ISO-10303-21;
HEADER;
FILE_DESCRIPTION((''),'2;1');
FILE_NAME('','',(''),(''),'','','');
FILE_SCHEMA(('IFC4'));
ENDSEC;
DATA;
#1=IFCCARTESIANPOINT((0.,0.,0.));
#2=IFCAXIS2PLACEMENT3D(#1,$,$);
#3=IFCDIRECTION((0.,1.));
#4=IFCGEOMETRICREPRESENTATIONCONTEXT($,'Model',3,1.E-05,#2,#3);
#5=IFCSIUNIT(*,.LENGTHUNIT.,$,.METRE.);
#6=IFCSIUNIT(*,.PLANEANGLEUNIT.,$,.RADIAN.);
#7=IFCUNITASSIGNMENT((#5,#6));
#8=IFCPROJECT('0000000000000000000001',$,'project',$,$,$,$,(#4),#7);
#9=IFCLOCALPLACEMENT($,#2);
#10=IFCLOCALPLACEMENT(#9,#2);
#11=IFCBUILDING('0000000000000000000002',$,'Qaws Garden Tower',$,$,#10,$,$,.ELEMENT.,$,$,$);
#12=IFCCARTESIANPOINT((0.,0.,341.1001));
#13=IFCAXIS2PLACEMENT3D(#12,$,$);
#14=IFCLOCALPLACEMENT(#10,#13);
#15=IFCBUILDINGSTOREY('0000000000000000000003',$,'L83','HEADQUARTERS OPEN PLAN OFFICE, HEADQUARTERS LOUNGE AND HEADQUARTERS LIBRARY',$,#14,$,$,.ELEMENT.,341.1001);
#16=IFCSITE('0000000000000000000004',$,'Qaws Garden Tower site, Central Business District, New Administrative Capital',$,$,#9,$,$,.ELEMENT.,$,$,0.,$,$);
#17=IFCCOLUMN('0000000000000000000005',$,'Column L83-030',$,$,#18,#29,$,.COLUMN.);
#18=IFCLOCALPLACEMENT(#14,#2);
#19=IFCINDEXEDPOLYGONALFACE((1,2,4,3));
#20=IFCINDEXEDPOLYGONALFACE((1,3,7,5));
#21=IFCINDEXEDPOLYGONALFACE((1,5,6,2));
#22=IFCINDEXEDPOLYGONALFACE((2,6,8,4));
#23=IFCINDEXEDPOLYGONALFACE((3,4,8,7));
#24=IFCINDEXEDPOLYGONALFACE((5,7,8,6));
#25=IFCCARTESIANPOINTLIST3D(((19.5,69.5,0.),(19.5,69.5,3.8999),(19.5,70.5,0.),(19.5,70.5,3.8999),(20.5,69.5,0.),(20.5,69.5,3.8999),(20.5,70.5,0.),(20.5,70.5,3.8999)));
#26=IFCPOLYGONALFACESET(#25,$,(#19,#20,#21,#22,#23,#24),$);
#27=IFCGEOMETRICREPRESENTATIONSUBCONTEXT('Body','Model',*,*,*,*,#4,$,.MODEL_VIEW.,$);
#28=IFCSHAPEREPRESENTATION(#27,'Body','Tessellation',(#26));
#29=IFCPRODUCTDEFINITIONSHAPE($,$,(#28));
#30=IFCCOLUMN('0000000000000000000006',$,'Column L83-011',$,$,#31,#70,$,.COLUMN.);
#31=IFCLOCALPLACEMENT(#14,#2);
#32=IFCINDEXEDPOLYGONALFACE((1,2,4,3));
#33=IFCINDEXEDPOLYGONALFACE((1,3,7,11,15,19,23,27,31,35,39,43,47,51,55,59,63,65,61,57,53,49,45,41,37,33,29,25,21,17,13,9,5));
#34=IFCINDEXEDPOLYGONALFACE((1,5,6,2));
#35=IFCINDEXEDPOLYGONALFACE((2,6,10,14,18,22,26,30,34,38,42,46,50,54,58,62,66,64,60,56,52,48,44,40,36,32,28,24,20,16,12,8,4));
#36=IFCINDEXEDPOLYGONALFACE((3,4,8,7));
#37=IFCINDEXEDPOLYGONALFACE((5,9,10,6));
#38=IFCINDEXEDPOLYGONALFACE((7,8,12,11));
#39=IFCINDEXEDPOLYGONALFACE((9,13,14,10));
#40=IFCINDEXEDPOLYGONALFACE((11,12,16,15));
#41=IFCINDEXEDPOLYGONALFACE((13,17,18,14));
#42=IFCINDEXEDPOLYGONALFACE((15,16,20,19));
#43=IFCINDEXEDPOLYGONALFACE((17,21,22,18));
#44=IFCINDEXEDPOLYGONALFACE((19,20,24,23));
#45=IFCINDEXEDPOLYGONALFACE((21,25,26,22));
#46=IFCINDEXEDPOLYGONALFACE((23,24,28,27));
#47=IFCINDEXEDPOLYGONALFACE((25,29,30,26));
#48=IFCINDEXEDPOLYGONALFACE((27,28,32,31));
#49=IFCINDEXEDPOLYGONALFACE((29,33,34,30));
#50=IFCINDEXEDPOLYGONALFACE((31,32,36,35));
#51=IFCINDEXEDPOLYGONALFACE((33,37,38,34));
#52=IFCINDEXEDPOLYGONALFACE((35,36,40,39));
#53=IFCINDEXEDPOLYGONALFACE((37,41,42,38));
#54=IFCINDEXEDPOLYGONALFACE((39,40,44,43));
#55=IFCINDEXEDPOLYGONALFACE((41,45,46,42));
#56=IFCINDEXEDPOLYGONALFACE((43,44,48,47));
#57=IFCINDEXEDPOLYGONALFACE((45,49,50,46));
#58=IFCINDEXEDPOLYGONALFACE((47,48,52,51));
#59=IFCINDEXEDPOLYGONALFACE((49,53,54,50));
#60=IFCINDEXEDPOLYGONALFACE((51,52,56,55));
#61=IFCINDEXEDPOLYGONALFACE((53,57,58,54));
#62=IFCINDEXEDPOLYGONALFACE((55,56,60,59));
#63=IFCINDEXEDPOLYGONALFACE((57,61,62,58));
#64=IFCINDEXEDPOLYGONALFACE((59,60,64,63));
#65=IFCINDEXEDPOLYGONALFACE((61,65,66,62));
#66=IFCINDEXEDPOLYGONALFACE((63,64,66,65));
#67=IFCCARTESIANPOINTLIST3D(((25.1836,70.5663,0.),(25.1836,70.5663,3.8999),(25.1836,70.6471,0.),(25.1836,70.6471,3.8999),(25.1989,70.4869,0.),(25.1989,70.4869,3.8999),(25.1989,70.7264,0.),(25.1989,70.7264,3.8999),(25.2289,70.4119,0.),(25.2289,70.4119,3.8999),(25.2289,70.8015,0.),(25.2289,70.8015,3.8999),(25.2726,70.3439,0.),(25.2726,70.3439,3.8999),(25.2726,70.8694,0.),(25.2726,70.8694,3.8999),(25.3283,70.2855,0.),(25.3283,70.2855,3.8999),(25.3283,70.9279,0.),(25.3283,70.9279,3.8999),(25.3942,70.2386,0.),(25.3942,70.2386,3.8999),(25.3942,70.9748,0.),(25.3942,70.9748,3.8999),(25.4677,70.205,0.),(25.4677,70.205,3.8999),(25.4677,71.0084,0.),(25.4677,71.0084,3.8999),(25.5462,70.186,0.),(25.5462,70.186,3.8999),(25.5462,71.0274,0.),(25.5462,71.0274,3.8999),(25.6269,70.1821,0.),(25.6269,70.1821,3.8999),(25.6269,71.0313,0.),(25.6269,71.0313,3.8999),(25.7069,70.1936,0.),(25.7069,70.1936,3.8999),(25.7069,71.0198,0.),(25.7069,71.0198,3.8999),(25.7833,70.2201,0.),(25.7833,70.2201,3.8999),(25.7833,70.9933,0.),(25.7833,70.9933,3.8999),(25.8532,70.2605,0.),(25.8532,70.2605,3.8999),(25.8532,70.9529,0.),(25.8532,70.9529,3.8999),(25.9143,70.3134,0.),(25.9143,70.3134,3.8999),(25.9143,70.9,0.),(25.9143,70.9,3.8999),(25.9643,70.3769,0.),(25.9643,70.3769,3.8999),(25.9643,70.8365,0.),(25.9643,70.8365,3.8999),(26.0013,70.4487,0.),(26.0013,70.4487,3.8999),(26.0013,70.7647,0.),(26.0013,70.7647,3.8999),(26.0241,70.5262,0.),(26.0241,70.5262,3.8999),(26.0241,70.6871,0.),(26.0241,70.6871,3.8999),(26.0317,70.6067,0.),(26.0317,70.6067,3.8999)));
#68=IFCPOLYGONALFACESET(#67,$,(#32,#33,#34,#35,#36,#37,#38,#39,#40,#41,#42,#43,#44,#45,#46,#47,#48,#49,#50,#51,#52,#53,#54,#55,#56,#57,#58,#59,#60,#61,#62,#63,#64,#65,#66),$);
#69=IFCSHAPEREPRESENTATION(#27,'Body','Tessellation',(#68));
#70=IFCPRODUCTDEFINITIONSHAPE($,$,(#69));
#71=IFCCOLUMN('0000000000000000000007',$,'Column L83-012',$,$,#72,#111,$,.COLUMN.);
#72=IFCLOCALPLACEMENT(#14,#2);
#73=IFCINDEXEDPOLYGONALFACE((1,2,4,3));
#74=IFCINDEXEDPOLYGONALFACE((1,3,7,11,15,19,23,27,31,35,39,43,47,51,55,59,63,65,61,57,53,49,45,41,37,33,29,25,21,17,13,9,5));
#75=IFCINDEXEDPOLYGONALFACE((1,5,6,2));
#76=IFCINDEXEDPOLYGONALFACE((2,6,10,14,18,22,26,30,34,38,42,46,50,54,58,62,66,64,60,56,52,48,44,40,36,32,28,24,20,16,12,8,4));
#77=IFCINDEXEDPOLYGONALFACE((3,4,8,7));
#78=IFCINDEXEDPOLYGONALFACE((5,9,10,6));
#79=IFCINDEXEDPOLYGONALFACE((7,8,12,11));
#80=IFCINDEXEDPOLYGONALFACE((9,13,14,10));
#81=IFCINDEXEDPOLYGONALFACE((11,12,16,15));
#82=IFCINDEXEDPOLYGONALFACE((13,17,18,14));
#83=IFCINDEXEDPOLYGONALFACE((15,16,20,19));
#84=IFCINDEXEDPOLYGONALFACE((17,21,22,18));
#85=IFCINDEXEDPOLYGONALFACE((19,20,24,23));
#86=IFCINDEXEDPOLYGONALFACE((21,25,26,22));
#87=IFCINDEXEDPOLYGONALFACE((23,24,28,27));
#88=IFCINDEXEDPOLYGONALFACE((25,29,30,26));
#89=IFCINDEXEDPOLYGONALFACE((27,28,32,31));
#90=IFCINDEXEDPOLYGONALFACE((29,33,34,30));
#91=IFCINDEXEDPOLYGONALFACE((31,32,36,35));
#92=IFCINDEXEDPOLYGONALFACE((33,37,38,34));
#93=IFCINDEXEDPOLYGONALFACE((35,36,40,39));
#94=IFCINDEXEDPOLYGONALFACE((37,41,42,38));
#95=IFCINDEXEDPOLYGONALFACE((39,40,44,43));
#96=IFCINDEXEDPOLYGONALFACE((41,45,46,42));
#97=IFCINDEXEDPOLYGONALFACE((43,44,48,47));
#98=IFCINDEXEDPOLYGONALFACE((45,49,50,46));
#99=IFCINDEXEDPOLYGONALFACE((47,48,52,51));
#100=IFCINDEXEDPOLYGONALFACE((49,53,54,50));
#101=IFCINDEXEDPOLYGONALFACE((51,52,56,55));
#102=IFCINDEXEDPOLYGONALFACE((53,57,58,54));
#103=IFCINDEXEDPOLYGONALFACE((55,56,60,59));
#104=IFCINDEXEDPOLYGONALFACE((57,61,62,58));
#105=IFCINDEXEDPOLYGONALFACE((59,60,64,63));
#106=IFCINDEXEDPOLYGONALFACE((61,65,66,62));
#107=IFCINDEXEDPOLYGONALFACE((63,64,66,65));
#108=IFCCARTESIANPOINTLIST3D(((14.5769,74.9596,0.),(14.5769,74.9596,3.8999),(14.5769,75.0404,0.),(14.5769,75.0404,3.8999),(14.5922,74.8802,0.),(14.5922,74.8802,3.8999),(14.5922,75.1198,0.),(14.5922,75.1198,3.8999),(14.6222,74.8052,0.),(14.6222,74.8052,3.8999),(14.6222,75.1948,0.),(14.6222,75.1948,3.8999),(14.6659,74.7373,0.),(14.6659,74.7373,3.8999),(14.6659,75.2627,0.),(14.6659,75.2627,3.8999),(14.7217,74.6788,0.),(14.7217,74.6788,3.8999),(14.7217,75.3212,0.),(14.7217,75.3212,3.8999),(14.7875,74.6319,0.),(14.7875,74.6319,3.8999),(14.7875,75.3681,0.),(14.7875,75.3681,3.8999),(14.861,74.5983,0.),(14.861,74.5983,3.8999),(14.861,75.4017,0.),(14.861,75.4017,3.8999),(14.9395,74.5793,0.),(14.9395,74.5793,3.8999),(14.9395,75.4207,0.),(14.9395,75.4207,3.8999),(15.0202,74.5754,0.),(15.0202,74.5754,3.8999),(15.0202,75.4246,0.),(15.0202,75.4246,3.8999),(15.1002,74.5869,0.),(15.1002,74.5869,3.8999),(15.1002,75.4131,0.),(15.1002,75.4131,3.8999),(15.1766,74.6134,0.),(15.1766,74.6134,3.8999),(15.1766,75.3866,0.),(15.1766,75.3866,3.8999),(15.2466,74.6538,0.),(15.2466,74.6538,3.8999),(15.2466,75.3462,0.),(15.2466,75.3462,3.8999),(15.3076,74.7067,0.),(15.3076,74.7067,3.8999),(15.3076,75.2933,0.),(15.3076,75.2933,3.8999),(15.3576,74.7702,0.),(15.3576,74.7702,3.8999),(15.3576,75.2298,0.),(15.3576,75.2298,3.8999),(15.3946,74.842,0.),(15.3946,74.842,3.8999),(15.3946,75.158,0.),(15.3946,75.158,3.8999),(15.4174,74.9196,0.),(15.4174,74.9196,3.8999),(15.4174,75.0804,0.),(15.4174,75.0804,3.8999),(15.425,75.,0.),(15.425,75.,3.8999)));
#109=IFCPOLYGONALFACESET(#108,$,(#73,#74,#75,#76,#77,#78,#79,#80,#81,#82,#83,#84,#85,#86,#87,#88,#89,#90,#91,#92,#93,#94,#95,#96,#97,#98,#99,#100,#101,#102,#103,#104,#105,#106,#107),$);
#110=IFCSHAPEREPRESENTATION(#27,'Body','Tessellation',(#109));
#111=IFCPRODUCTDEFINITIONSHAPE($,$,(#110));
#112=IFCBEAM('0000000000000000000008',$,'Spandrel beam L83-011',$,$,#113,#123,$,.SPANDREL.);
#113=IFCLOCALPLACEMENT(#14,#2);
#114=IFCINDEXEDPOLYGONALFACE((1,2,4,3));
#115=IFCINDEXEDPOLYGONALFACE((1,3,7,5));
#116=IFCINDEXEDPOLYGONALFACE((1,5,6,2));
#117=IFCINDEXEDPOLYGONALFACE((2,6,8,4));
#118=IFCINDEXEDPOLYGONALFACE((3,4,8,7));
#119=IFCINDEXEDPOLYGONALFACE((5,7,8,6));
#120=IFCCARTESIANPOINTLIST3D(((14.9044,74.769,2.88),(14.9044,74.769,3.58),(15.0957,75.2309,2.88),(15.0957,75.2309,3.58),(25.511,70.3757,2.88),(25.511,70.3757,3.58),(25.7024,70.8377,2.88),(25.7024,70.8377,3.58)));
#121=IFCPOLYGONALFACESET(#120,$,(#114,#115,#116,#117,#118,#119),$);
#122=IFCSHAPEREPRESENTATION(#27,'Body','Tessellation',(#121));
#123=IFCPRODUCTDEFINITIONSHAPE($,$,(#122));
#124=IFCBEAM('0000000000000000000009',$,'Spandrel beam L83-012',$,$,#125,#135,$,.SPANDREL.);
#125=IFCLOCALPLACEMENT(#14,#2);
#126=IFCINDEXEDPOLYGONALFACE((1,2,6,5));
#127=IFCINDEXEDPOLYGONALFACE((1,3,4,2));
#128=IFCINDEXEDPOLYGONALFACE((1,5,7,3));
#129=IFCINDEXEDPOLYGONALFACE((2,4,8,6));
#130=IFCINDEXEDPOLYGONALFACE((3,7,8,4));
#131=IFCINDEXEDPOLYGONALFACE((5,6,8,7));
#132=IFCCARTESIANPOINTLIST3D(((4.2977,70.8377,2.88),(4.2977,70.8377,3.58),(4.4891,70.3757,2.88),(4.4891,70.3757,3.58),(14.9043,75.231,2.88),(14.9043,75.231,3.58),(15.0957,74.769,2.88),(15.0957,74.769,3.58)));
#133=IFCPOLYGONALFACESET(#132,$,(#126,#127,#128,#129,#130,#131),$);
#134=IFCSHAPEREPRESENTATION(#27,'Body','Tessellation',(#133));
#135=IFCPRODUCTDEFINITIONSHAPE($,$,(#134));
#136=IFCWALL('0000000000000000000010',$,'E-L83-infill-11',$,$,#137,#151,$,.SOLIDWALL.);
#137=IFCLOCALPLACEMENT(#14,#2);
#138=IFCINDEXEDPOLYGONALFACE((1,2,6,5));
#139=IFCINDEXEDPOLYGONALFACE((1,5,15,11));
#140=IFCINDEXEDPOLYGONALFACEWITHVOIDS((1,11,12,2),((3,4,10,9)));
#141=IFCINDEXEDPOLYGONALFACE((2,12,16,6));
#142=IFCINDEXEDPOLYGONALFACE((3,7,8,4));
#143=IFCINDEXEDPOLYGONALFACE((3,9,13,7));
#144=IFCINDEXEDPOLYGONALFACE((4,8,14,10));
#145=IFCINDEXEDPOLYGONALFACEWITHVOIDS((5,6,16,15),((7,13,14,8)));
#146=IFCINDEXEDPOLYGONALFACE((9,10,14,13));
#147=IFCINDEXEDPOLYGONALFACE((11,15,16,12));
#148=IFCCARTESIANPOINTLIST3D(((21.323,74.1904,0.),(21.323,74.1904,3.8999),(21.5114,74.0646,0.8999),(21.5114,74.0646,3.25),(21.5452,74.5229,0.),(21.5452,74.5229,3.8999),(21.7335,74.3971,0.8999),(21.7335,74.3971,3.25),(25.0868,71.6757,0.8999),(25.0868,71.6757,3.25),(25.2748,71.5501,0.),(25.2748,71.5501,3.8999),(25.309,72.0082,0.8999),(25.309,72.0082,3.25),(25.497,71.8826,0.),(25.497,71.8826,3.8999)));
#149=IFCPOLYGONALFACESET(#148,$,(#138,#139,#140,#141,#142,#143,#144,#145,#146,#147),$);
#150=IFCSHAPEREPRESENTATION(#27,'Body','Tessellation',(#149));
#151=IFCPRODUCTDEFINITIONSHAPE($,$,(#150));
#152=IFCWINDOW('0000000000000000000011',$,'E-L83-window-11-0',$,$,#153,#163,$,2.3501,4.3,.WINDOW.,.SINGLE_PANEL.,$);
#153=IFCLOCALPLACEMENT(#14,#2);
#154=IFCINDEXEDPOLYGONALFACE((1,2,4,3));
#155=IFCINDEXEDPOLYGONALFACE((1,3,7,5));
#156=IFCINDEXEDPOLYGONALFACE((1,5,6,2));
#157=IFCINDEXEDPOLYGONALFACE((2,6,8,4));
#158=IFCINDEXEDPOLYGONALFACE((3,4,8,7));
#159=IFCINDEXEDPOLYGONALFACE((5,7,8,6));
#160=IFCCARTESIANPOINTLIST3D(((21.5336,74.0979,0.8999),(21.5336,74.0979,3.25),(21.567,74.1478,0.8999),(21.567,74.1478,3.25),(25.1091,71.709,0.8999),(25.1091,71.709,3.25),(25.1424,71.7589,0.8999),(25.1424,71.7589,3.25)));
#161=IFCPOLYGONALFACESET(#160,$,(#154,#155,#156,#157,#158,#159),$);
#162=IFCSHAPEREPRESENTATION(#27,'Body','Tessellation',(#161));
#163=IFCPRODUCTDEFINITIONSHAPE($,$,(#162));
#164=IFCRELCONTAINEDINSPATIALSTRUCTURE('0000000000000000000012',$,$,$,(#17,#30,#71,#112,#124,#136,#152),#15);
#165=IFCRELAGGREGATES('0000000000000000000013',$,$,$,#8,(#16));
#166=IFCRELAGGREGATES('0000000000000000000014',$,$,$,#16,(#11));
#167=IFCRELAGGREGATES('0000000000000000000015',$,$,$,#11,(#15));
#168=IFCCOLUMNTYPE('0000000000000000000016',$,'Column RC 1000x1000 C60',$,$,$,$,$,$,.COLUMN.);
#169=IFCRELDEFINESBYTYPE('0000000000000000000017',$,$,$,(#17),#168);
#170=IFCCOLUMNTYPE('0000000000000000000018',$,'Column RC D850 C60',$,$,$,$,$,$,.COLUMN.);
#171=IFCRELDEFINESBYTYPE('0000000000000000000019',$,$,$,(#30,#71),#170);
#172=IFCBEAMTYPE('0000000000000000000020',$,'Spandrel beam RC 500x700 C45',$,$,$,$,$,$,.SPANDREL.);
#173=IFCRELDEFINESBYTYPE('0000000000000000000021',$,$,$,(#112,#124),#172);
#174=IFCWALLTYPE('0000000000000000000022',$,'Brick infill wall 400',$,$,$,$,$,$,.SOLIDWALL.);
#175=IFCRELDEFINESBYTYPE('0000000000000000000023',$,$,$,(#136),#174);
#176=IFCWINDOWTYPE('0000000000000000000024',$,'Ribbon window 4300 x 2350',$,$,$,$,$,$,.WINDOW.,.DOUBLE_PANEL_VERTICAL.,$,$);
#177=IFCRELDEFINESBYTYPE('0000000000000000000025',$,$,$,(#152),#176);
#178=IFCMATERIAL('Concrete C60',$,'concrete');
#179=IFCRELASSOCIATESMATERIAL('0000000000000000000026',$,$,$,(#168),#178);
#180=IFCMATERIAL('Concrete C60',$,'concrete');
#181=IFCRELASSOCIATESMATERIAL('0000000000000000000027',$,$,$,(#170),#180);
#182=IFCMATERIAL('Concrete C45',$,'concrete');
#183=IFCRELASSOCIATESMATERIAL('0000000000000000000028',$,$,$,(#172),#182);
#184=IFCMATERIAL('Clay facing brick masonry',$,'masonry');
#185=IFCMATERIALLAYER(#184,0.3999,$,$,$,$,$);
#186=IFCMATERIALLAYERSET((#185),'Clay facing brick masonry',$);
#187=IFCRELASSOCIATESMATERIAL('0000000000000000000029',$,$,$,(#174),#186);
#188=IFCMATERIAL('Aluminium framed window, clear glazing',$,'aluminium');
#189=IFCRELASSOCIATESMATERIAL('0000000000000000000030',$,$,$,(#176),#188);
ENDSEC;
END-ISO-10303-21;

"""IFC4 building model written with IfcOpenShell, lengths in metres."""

from ifc_helpers import new_model, si_unit, direction, frame, frame_2d, origin, origin_2d, place, context, subcontext, project, spatial, rectangle, circle, extrude, material, layer, layer_set, material_profile, profile_set, type_object, element, fill, save


model = new_model("IFC4")

# Units and contexts
model_context = context("Model", 3, precision=1e-05, world=origin(), true_north=direction((0.0, 1.0)))
body_context = subcontext(model_context, "Body", "Model", "MODEL_VIEW")
ifc_project = project(units=[si_unit("LENGTHUNIT", "METRE"), si_unit("PLANEANGLEUNIT", "RADIAN")], contexts=[model_context])

# Site, building, storey
site_placement = place(None, origin())
site = spatial("IfcSite", under=ifc_project, at=site_placement, Name="Qaws Garden Tower site, Central Business District, New Administrative Capital", CompositionType="ELEMENT", RefElevation=0.0)
building_placement = place(site_placement, origin())
building = spatial("IfcBuilding", under=site, at=building_placement, Name="Qaws Garden Tower", CompositionType="ELEMENT")
storey_placement = place(building_placement, frame((0.0, 0.0, 341.1001)))
storey = spatial("IfcBuildingStorey", under=building, at=storey_placement, Name="L83", Description="HEADQUARTERS OPEN PLAN OFFICE, HEADQUARTERS LOUNGE AND HEADQUARTERS LIBRARY", CompositionType="ELEMENT", Elevation=341.1001)

# Columns
ifc_material_1 = material(Name="Concrete C60", Category="concrete")
ifc_material_profile_1 = material_profile(ifc_material_1, rectangle(XDim=1.0, YDim=1.0, at=origin_2d()), Name="RC 1000x1000")
ifc_profile_set_1 = profile_set([ifc_material_profile_1], Name="Concrete C60")
column_type_1 = type_object("IfcColumnType", Name="Column RC 1000x1000 C60", PredefinedType="COLUMN", material=ifc_profile_set_1)
column_placement = place(storey_placement, frame((20.0, 70.0, 0.0), z_axis=(0.0, 0.0, 1.0), x_axis=(1.0, 0.0, 0.0)))
element("IfcColumn", 1, at=column_placement, inside=storey, type_object=column_type_1, Name="Column L83-030", PredefinedType="COLUMN", context=body_context, shape_type="SweptSolid", body=[
    extrude(rectangle(XDim=1.0, YDim=1.0, at=origin_2d()), origin(), (0.0, 0.0, 1.0), 3.8999),
])
ifc_material_2 = material(Name="Concrete C60", Category="concrete")
ifc_material_profile_2 = material_profile(ifc_material_2, circle(Radius=0.425, at=origin_2d()), Name="RC D850")
ifc_profile_set_2 = profile_set([ifc_material_profile_2], Name="Concrete C60")
column_type_2 = type_object("IfcColumnType", Name="Column RC D850 C60", PredefinedType="COLUMN", material=ifc_profile_set_2)
for number, where, z_axis, x_axis, name in (
    (2, (25.6067, 70.6067, 0.0), (0.0, 0.0, 1.0), (1.0, 0.0, 0.0), "Column L83-011"),
    (3, (15.0, 75.0, 0.0), (0.0, 0.0, 1.0), (1.0, 0.0, 0.0), "Column L83-012"),
):
    element("IfcColumn", number, at=place(storey_placement, frame(where, z_axis=z_axis, x_axis=x_axis)), inside=storey, type_object=column_type_2, Name=name, PredefinedType="COLUMN", context=body_context, shape_type="SweptSolid", body=[
        extrude(circle(Radius=0.425, at=origin_2d()), origin(), (0.0, 0.0, 1.0), 3.8999),
    ])

# Beams
ifc_material_3 = material(Name="Concrete C45", Category="concrete")
ifc_material_profile_3 = material_profile(ifc_material_3, rectangle(XDim=0.5, YDim=0.7, at=origin_2d()), Name="RC 500x700")
ifc_profile_set_3 = profile_set([ifc_material_profile_3], Name="Concrete C45")
beam_type = type_object("IfcBeamType", Name="Spandrel beam RC 500x700 C45", PredefinedType="SPANDREL", material=ifc_profile_set_3)
for number, where, z_axis, x_axis, name in (
    (4, (25.6067, 70.6067, 3.23), (-0.923883, 0.382674, 0.0), (-0.382674, -0.923883, 0.0), "Spandrel beam L83-011"),
    (5, (15.0, 75.0, 3.23), (-0.923883, -0.382674, 0.0), (0.382674, -0.923883, 0.0), "Spandrel beam L83-012"),
):
    element("IfcBeam", number, at=place(storey_placement, frame(where, z_axis=z_axis, x_axis=x_axis)), inside=storey, type_object=beam_type, Name=name, PredefinedType="SPANDREL", context=body_context, shape_type="SweptSolid", body=[
        extrude(rectangle(XDim=0.5, YDim=0.7, at=origin_2d()), origin(), (0.0, 0.0, 1.0), 11.4805),
    ])

# Wall, opening, window
ifc_material_4 = material(Name="Clay facing brick masonry", Category="masonry")
ifc_layer_1 = layer(ifc_material_4, 0.3999)
ifc_layer_set_1 = layer_set([ifc_layer_1], Name="Clay facing brick masonry")
wall_type_1 = type_object("IfcWallType", Name="Brick infill wall 400", PredefinedType="SOLIDWALL", material=ifc_layer_set_1)
wall_1_placement = place(storey_placement, frame((25.386, 71.7163, 0.0), z_axis=(0.0, 0.0, 1.0), x_axis=(-0.831489, 0.555542, 0.0)))
wall_1 = element("IfcWall", 6, at=wall_1_placement, inside=storey, type_object=wall_type_1, Name="E-L83-infill-11", PredefinedType="SOLIDWALL", context=body_context, shape_type="SweptSolid", body=[
    extrude(rectangle(XDim=4.7527, YDim=0.3999, at=frame_2d((2.3765, 0.0))), origin(), (0.0, 0.0, 1.0), 3.8999),
])
opening_1_placement = place(wall_1_placement, frame((0.2263, 0.0, 0.8999)))
opening_1 = element("IfcOpeningElement", 7, at=opening_1_placement, cuts=wall_1, PredefinedType="OPENING", context=body_context, shape_type="SweptSolid", body=[
    extrude(rectangle(XDim=4.3, YDim=2.3501, at=frame_2d((2.1499, 1.175))), frame((0.0, 0.21, 0.0), z_axis=(0.0, -1.0, 0.0), x_axis=(1.0, 0.0, 0.0)), (0.0, 0.0, 1.0), 0.4199),
])
ifc_material_5 = material(Name="Aluminium framed window, clear glazing", Category="aluminium")
window_type = type_object("IfcWindowType", Name="Ribbon window 4300 x 2350", PartitioningType="DOUBLE_PANEL_VERTICAL", PredefinedType="WINDOW", material=ifc_material_5)
window_1_placement = place(opening_1_placement, origin())
window_1 = element("IfcWindow", 8, at=window_1_placement, inside=storey, type_object=window_type, Name="E-L83-window-11-0", OverallHeight=2.3501, OverallWidth=4.3, PartitioningType="SINGLE_PANEL", PredefinedType="WINDOW", context=body_context, shape_type="SweptSolid", body=[
    extrude(rectangle(XDim=4.3, YDim=2.3501, at=frame_2d((2.1499, 1.175))), frame((0.0, 0.1599, 0.0), z_axis=(0.0, -1.0, 0.0), x_axis=(1.0, 0.0, 0.0)), (0.0, 0.0, 1.0), 0.0601),
])
fill(opening_1, window_1)

save(model, "model.ifc")
